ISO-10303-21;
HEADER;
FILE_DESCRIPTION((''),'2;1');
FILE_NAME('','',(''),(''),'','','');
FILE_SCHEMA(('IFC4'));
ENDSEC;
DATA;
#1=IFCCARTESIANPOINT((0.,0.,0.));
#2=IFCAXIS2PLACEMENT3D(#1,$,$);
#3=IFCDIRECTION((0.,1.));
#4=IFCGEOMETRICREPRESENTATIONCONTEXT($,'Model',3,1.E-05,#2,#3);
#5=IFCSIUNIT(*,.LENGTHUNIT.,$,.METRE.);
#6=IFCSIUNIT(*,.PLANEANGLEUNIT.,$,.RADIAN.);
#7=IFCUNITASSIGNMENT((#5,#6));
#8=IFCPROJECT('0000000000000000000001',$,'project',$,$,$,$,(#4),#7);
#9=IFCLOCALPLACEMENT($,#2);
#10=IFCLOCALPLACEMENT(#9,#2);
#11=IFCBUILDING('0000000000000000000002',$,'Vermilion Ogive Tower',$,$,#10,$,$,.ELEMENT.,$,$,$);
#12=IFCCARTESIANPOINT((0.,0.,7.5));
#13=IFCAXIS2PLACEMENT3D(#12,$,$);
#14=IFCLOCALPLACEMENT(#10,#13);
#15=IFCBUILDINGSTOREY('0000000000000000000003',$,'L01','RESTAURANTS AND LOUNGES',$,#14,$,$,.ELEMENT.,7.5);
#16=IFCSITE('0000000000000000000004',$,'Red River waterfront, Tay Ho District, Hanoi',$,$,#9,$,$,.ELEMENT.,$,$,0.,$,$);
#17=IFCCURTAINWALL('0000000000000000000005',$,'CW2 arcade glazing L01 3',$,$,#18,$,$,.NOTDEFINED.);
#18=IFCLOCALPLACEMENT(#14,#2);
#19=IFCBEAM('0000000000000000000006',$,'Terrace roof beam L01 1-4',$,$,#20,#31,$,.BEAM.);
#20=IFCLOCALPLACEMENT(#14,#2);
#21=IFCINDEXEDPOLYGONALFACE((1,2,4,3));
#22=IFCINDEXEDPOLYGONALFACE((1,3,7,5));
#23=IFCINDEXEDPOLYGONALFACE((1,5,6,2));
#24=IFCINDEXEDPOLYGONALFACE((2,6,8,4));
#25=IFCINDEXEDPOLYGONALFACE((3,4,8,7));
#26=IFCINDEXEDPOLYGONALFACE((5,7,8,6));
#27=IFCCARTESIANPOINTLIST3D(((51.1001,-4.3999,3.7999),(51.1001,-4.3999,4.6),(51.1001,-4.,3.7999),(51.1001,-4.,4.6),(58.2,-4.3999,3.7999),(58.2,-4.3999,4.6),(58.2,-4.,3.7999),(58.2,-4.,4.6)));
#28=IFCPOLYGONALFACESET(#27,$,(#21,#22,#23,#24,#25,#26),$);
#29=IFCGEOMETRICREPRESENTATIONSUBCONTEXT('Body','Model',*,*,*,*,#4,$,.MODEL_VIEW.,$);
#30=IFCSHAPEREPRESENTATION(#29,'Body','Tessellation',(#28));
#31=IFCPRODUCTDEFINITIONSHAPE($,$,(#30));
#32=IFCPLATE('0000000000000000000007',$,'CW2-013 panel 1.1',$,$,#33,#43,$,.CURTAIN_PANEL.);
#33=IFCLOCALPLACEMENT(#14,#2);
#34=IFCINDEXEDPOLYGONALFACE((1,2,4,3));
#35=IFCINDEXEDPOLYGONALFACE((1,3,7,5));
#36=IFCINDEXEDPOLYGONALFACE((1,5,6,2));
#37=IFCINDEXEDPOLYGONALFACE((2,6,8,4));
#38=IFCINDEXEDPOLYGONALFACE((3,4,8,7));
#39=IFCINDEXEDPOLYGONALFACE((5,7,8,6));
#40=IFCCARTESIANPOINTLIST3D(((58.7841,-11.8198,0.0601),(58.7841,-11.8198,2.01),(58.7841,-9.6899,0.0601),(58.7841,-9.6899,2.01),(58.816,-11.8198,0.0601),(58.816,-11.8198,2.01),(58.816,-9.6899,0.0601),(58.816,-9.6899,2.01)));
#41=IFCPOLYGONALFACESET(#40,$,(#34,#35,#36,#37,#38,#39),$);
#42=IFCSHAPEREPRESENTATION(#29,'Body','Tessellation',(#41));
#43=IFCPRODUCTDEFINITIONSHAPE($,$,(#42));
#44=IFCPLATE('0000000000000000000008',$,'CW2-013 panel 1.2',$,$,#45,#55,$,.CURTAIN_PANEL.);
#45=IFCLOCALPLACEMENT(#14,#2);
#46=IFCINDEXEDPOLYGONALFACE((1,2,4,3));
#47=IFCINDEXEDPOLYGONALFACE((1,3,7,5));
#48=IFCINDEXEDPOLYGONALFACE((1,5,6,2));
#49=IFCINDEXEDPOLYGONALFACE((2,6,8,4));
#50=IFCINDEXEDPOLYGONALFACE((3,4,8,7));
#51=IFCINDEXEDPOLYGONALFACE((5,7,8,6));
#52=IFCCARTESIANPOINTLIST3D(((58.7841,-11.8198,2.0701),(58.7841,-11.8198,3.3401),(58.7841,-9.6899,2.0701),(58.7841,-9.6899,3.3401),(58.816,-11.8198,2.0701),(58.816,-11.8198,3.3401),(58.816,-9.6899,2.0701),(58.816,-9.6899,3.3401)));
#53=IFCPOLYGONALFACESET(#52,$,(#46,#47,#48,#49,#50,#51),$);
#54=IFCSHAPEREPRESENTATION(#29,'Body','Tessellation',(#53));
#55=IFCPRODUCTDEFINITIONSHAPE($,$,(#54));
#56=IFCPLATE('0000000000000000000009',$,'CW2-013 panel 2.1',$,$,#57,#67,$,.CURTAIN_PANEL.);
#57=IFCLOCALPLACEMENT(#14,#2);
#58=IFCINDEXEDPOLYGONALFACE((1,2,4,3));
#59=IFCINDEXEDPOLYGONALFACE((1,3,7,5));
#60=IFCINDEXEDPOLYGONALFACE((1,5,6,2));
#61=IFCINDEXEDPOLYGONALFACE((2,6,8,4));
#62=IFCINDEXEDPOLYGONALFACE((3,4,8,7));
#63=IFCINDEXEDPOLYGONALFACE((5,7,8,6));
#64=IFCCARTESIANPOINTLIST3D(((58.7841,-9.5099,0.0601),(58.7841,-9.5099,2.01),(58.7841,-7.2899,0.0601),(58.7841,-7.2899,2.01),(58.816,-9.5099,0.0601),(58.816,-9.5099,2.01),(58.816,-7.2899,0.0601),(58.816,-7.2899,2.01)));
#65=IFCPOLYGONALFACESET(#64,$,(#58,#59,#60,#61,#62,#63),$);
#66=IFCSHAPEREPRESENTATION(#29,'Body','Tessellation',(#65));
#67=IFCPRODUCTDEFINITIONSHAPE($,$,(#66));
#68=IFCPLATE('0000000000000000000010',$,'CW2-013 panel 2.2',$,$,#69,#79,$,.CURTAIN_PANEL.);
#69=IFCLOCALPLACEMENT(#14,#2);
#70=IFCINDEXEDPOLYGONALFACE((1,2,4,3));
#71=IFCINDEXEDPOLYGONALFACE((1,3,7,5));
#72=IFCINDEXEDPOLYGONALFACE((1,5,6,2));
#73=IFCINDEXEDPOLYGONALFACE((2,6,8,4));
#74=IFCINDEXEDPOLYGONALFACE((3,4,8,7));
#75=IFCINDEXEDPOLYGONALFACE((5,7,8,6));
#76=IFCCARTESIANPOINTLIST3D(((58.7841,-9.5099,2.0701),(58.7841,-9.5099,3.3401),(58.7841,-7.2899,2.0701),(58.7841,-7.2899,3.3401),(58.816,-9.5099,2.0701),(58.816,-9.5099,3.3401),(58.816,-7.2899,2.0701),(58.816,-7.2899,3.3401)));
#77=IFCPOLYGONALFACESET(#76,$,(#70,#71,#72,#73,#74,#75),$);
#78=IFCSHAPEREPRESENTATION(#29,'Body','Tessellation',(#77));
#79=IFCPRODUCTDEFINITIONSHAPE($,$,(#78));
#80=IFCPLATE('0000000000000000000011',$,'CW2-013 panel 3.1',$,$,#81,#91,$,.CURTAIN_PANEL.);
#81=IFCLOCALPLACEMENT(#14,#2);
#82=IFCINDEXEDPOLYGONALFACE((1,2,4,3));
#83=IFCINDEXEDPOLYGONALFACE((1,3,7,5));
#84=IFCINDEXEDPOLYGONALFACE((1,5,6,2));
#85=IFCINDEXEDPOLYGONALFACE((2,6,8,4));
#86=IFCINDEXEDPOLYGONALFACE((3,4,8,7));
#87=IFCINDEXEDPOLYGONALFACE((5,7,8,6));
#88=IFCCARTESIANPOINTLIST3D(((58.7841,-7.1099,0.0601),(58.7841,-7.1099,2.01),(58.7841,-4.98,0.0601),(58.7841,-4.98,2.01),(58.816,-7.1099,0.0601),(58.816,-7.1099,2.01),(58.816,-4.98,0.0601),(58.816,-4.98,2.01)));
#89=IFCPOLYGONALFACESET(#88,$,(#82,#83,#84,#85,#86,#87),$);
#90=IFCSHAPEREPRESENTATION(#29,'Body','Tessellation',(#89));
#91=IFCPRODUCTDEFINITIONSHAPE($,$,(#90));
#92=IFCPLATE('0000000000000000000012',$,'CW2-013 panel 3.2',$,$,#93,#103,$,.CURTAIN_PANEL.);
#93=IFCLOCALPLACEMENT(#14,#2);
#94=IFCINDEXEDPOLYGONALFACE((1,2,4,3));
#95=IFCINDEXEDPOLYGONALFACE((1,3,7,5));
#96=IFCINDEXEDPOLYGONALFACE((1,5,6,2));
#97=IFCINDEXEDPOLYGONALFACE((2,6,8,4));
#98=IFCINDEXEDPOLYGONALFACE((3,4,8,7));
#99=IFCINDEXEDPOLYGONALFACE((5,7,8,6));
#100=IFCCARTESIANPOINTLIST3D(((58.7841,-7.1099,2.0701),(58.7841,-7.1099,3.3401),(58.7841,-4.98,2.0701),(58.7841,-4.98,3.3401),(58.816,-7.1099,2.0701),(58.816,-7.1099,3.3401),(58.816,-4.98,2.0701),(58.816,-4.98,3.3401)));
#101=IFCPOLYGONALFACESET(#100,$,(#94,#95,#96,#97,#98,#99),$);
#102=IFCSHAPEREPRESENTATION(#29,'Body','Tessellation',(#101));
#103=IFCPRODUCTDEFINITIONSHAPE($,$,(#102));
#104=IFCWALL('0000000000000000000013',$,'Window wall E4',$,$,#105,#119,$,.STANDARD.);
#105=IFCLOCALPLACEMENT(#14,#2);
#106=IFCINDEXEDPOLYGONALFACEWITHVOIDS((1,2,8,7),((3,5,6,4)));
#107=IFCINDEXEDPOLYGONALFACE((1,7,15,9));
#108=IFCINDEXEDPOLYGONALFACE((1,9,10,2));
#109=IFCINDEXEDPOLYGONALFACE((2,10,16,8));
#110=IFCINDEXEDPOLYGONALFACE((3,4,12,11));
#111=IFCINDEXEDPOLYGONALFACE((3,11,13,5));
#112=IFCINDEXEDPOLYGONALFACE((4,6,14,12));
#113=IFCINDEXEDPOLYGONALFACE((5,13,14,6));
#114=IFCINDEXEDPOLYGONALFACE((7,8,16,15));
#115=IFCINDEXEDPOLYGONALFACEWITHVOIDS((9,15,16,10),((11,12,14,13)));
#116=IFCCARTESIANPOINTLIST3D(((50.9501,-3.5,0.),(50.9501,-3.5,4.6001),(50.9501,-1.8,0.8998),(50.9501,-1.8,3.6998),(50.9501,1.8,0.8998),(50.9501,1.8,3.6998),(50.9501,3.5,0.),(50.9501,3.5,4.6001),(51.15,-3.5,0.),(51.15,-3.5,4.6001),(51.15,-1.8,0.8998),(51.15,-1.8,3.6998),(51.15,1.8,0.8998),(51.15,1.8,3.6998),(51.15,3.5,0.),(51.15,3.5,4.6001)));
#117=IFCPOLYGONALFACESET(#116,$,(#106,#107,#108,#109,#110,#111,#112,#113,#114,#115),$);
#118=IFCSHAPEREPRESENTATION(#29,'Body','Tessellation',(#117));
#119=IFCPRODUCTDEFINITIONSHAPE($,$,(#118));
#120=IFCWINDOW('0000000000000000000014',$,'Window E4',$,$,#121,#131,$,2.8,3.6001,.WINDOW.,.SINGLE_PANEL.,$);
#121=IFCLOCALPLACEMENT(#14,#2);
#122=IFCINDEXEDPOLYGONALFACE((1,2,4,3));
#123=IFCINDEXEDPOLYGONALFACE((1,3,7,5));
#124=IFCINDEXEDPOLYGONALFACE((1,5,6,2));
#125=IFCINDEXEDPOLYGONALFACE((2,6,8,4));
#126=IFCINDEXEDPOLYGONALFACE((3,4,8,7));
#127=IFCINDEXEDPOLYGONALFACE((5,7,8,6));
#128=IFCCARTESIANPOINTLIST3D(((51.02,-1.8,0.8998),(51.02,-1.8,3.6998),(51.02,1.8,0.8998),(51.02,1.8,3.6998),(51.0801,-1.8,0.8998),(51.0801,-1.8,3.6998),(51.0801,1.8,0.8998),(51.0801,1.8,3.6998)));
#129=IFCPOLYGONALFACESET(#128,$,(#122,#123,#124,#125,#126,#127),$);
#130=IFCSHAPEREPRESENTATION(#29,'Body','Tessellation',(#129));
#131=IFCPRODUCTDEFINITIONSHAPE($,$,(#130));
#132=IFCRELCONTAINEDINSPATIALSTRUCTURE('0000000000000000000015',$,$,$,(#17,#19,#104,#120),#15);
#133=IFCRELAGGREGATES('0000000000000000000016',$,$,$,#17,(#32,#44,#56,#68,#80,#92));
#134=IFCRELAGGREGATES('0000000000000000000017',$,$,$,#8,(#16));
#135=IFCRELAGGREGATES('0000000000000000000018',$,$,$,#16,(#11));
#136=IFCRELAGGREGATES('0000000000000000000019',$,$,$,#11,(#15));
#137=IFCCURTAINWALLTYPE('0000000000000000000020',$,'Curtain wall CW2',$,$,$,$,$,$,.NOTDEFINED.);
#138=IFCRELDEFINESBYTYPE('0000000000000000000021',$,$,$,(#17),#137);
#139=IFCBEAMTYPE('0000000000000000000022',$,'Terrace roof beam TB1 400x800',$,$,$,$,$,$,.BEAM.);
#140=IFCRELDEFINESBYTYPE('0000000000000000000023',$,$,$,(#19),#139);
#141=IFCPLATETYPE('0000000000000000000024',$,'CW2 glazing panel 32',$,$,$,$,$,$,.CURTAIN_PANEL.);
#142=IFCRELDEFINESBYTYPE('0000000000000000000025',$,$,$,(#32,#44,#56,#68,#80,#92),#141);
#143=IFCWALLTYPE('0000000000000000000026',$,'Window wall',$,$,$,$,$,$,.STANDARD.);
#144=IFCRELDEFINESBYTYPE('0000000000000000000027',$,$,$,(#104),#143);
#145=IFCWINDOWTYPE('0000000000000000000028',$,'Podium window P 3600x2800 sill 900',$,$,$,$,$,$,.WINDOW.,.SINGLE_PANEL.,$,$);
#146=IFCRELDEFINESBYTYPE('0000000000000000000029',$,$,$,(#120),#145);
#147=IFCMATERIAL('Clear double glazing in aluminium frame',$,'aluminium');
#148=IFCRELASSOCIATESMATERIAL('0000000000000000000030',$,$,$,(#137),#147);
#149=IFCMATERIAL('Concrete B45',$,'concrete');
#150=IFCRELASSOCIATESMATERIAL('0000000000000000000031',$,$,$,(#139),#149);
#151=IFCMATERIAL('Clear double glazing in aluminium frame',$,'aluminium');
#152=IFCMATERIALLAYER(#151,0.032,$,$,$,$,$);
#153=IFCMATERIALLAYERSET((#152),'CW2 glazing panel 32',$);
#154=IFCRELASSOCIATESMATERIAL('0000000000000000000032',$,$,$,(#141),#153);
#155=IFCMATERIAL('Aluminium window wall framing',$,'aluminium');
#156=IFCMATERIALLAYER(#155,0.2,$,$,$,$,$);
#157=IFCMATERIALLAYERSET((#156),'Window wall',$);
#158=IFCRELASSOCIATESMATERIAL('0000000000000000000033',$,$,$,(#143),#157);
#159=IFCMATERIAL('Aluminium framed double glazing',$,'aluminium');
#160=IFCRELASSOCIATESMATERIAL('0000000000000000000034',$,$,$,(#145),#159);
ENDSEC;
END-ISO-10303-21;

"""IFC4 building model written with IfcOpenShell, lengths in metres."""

from ifc_helpers import new_model, si_unit, direction, frame, frame_2d, origin, origin_2d, place, context, subcontext, project, spatial, rectangle, extrude, material, layer, layer_set, material_profile, profile_set, type_object, element, fill, aggregate, save


model = new_model("IFC4")

# Units and contexts
model_context = context("Model", 3, precision=1e-05, world=origin(), true_north=direction((0.0, 1.0)))
body_context = subcontext(model_context, "Body", "Model", "MODEL_VIEW")
ifc_project = project(units=[si_unit("LENGTHUNIT", "METRE"), si_unit("PLANEANGLEUNIT", "RADIAN")], contexts=[model_context])

# Site, building, storey
site_placement = place(None, origin())
site = spatial("IfcSite", under=ifc_project, at=site_placement, Name="Red River waterfront, Tay Ho District, Hanoi", CompositionType="ELEMENT", RefElevation=0.0)
building_placement = place(site_placement, origin())
building = spatial("IfcBuilding", under=site, at=building_placement, Name="Vermilion Ogive Tower", CompositionType="ELEMENT")
storey_placement = place(building_placement, frame((0.0, 0.0, 7.5)))
storey = spatial("IfcBuildingStorey", under=building, at=storey_placement, Name="L01", Description="RESTAURANTS AND LOUNGES", CompositionType="ELEMENT", Elevation=7.5)

# Curtain wall
ifc_material_1 = material(Name="Clear double glazing in aluminium frame", Category="aluminium")
curtain_wall_type = type_object("IfcCurtainWallType", Name="Curtain wall CW2", PredefinedType="NOTDEFINED", material=ifc_material_1)
curtain_wall_placement = place(storey_placement, origin())
curtain_wall = element("IfcCurtainWall", 1, at=curtain_wall_placement, inside=storey, type_object=curtain_wall_type, Name="CW2 arcade glazing L01 3", PredefinedType="NOTDEFINED")

# Beam
ifc_material_2 = material(Name="Concrete B45", Category="concrete")
ifc_material_profile_1 = material_profile(ifc_material_2, rectangle(XDim=0.3999, YDim=0.8, at=origin_2d()), Name="RC 400x800")
ifc_profile_set_1 = profile_set([ifc_material_profile_1], Name="Concrete B45")
beam_type_1 = type_object("IfcBeamType", Name="Terrace roof beam TB1 400x800", PredefinedType="BEAM", material=ifc_profile_set_1)
beam_1_placement = place(storey_placement, frame((58.2, -4.2, 4.2), z_axis=(-1.0, 0.0, 0.0), x_axis=(0.0, -1.0, 0.0)))
element("IfcBeam", 2, at=beam_1_placement, inside=storey, type_object=beam_type_1, Name="Terrace roof beam L01 1-4", PredefinedType="BEAM", context=body_context, shape_type="SweptSolid", body=[
    extrude(rectangle(XDim=0.3999, YDim=0.8, at=origin_2d()), origin(), (0.0, 0.0, 1.0), 7.0999),
])

# Plates
ifc_material_3 = material(Name="Clear double glazing in aluminium frame", Category="aluminium")
ifc_layer_1 = layer(ifc_material_3, 0.032)
ifc_layer_set_1 = layer_set([ifc_layer_1], Name="CW2 glazing panel 32")
plate_type = type_object("IfcPlateType", Name="CW2 glazing panel 32", PredefinedType="CURTAIN_PANEL", material=ifc_layer_set_1)
plate_1_placement = place(storey_placement, frame((58.8, -10.7549, 0.0601), z_axis=(0.0, 0.0, 1.0), x_axis=(0.0, 1.0, 0.0)))
plate_1 = element("IfcPlate", 3, at=plate_1_placement, type_object=plate_type, Name="CW2-013 panel 1.1", PredefinedType="CURTAIN_PANEL", context=body_context, shape_type="SweptSolid", body=[
    extrude(rectangle(XDim=2.1299, YDim=0.032, at=origin_2d()), origin(), (0.0, 0.0, 1.0), 1.95),
])
plate_2_placement = place(storey_placement, frame((58.8, -10.7549, 2.0701), z_axis=(0.0, 0.0, 1.0), x_axis=(0.0, 1.0, 0.0)))
plate_2 = element("IfcPlate", 4, at=plate_2_placement, type_object=plate_type, Name="CW2-013 panel 1.2", PredefinedType="CURTAIN_PANEL", context=body_context, shape_type="SweptSolid", body=[
    extrude(rectangle(XDim=2.1299, YDim=0.032, at=origin_2d()), origin(), (0.0, 0.0, 1.0), 1.27),
])
plate_3_placement = place(storey_placement, frame((58.8, -8.3999, 0.0601), z_axis=(0.0, 0.0, 1.0), x_axis=(0.0, 1.0, 0.0)))
plate_3 = element("IfcPlate", 5, at=plate_3_placement, type_object=plate_type, Name="CW2-013 panel 2.1", PredefinedType="CURTAIN_PANEL", context=body_context, shape_type="SweptSolid", body=[
    extrude(rectangle(XDim=2.22, YDim=0.032, at=origin_2d()), origin(), (0.0, 0.0, 1.0), 1.95),
])
plate_4_placement = place(storey_placement, frame((58.8, -8.3999, 2.0701), z_axis=(0.0, 0.0, 1.0), x_axis=(0.0, 1.0, 0.0)))
plate_4 = element("IfcPlate", 6, at=plate_4_placement, type_object=plate_type, Name="CW2-013 panel 2.2", PredefinedType="CURTAIN_PANEL", context=body_context, shape_type="SweptSolid", body=[
    extrude(rectangle(XDim=2.22, YDim=0.032, at=origin_2d()), origin(), (0.0, 0.0, 1.0), 1.27),
])
plate_5_placement = place(storey_placement, frame((58.8, -6.0449, 0.0601), z_axis=(0.0, 0.0, 1.0), x_axis=(0.0, 1.0, 0.0)))
plate_5 = element("IfcPlate", 7, at=plate_5_placement, type_object=plate_type, Name="CW2-013 panel 3.1", PredefinedType="CURTAIN_PANEL", context=body_context, shape_type="SweptSolid", body=[
    extrude(rectangle(XDim=2.1299, YDim=0.032, at=origin_2d()), origin(), (0.0, 0.0, 1.0), 1.95),
])
plate_6_placement = place(storey_placement, frame((58.8, -6.0449, 2.0701), z_axis=(0.0, 0.0, 1.0), x_axis=(0.0, 1.0, 0.0)))
plate_6 = element("IfcPlate", 8, at=plate_6_placement, type_object=plate_type, Name="CW2-013 panel 3.2", PredefinedType="CURTAIN_PANEL", context=body_context, shape_type="SweptSolid", body=[
    extrude(rectangle(XDim=2.1299, YDim=0.032, at=origin_2d()), origin(), (0.0, 0.0, 1.0), 1.27),
])
aggregate(curtain_wall, [plate_1, plate_2, plate_3, plate_4, plate_5, plate_6])

# Wall, opening, window
ifc_material_4 = material(Name="Aluminium window wall framing", Category="aluminium")
ifc_layer_2 = layer(ifc_material_4, 0.2)
ifc_layer_set_2 = layer_set([ifc_layer_2], Name="Window wall")
wall_type = type_object("IfcWallType", Name="Window wall", PredefinedType="STANDARD", material=ifc_layer_set_2)
wall_placement = place(storey_placement, frame((51.05, -3.5, 0.0), z_axis=(0.0, 0.0, 1.0), x_axis=(0.0, 1.0, 0.0)))
wall = element("IfcWall", 9, at=wall_placement, inside=storey, type_object=wall_type, Name="Window wall E4", PredefinedType="STANDARD", context=body_context, shape_type="SweptSolid", body=[
    extrude(rectangle(XDim=7.0, YDim=0.2, at=frame_2d((3.5, 0.0))), origin(), (0.0, 0.0, 1.0), 4.6001),
])
opening_placement = place(wall_placement, frame((1.7, 0.0, 0.8999)))
opening = element("IfcOpeningElement", 10, at=opening_placement, cuts=wall, PredefinedType="OPENING", context=body_context, shape_type="SweptSolid", body=[
    extrude(rectangle(XDim=3.6001, YDim=2.8, at=frame_2d((1.8, 1.3999))), frame((0.0, 0.1099, 0.0), z_axis=(0.0, -1.0, 0.0), x_axis=(1.0, 0.0, 0.0)), (0.0, 0.0, 1.0), 0.22),
])
ifc_material_5 = material(Name="Aluminium framed double glazing", Category="aluminium")
window_type = type_object("IfcWindowType", Name="Podium window P 3600x2800 sill 900", PartitioningType="SINGLE_PANEL", PredefinedType="WINDOW", material=ifc_material_5)
window_placement = place(opening_placement, origin())
window = element("IfcWindow", 11, at=window_placement, inside=storey, type_object=window_type, Name="Window E4", OverallHeight=2.8, OverallWidth=3.6001, PartitioningType="SINGLE_PANEL", PredefinedType="WINDOW", context=body_context, shape_type="SweptSolid", body=[
    extrude(rectangle(XDim=3.6001, YDim=2.8, at=frame_2d((1.8, 1.3999))), frame((0.0, 0.03, 0.0), z_axis=(0.0, -1.0, 0.0), x_axis=(1.0, 0.0, 0.0)), (0.0, 0.0, 1.0), 0.0601),
])
fill(opening, window)

save(model, "model.ifc")
